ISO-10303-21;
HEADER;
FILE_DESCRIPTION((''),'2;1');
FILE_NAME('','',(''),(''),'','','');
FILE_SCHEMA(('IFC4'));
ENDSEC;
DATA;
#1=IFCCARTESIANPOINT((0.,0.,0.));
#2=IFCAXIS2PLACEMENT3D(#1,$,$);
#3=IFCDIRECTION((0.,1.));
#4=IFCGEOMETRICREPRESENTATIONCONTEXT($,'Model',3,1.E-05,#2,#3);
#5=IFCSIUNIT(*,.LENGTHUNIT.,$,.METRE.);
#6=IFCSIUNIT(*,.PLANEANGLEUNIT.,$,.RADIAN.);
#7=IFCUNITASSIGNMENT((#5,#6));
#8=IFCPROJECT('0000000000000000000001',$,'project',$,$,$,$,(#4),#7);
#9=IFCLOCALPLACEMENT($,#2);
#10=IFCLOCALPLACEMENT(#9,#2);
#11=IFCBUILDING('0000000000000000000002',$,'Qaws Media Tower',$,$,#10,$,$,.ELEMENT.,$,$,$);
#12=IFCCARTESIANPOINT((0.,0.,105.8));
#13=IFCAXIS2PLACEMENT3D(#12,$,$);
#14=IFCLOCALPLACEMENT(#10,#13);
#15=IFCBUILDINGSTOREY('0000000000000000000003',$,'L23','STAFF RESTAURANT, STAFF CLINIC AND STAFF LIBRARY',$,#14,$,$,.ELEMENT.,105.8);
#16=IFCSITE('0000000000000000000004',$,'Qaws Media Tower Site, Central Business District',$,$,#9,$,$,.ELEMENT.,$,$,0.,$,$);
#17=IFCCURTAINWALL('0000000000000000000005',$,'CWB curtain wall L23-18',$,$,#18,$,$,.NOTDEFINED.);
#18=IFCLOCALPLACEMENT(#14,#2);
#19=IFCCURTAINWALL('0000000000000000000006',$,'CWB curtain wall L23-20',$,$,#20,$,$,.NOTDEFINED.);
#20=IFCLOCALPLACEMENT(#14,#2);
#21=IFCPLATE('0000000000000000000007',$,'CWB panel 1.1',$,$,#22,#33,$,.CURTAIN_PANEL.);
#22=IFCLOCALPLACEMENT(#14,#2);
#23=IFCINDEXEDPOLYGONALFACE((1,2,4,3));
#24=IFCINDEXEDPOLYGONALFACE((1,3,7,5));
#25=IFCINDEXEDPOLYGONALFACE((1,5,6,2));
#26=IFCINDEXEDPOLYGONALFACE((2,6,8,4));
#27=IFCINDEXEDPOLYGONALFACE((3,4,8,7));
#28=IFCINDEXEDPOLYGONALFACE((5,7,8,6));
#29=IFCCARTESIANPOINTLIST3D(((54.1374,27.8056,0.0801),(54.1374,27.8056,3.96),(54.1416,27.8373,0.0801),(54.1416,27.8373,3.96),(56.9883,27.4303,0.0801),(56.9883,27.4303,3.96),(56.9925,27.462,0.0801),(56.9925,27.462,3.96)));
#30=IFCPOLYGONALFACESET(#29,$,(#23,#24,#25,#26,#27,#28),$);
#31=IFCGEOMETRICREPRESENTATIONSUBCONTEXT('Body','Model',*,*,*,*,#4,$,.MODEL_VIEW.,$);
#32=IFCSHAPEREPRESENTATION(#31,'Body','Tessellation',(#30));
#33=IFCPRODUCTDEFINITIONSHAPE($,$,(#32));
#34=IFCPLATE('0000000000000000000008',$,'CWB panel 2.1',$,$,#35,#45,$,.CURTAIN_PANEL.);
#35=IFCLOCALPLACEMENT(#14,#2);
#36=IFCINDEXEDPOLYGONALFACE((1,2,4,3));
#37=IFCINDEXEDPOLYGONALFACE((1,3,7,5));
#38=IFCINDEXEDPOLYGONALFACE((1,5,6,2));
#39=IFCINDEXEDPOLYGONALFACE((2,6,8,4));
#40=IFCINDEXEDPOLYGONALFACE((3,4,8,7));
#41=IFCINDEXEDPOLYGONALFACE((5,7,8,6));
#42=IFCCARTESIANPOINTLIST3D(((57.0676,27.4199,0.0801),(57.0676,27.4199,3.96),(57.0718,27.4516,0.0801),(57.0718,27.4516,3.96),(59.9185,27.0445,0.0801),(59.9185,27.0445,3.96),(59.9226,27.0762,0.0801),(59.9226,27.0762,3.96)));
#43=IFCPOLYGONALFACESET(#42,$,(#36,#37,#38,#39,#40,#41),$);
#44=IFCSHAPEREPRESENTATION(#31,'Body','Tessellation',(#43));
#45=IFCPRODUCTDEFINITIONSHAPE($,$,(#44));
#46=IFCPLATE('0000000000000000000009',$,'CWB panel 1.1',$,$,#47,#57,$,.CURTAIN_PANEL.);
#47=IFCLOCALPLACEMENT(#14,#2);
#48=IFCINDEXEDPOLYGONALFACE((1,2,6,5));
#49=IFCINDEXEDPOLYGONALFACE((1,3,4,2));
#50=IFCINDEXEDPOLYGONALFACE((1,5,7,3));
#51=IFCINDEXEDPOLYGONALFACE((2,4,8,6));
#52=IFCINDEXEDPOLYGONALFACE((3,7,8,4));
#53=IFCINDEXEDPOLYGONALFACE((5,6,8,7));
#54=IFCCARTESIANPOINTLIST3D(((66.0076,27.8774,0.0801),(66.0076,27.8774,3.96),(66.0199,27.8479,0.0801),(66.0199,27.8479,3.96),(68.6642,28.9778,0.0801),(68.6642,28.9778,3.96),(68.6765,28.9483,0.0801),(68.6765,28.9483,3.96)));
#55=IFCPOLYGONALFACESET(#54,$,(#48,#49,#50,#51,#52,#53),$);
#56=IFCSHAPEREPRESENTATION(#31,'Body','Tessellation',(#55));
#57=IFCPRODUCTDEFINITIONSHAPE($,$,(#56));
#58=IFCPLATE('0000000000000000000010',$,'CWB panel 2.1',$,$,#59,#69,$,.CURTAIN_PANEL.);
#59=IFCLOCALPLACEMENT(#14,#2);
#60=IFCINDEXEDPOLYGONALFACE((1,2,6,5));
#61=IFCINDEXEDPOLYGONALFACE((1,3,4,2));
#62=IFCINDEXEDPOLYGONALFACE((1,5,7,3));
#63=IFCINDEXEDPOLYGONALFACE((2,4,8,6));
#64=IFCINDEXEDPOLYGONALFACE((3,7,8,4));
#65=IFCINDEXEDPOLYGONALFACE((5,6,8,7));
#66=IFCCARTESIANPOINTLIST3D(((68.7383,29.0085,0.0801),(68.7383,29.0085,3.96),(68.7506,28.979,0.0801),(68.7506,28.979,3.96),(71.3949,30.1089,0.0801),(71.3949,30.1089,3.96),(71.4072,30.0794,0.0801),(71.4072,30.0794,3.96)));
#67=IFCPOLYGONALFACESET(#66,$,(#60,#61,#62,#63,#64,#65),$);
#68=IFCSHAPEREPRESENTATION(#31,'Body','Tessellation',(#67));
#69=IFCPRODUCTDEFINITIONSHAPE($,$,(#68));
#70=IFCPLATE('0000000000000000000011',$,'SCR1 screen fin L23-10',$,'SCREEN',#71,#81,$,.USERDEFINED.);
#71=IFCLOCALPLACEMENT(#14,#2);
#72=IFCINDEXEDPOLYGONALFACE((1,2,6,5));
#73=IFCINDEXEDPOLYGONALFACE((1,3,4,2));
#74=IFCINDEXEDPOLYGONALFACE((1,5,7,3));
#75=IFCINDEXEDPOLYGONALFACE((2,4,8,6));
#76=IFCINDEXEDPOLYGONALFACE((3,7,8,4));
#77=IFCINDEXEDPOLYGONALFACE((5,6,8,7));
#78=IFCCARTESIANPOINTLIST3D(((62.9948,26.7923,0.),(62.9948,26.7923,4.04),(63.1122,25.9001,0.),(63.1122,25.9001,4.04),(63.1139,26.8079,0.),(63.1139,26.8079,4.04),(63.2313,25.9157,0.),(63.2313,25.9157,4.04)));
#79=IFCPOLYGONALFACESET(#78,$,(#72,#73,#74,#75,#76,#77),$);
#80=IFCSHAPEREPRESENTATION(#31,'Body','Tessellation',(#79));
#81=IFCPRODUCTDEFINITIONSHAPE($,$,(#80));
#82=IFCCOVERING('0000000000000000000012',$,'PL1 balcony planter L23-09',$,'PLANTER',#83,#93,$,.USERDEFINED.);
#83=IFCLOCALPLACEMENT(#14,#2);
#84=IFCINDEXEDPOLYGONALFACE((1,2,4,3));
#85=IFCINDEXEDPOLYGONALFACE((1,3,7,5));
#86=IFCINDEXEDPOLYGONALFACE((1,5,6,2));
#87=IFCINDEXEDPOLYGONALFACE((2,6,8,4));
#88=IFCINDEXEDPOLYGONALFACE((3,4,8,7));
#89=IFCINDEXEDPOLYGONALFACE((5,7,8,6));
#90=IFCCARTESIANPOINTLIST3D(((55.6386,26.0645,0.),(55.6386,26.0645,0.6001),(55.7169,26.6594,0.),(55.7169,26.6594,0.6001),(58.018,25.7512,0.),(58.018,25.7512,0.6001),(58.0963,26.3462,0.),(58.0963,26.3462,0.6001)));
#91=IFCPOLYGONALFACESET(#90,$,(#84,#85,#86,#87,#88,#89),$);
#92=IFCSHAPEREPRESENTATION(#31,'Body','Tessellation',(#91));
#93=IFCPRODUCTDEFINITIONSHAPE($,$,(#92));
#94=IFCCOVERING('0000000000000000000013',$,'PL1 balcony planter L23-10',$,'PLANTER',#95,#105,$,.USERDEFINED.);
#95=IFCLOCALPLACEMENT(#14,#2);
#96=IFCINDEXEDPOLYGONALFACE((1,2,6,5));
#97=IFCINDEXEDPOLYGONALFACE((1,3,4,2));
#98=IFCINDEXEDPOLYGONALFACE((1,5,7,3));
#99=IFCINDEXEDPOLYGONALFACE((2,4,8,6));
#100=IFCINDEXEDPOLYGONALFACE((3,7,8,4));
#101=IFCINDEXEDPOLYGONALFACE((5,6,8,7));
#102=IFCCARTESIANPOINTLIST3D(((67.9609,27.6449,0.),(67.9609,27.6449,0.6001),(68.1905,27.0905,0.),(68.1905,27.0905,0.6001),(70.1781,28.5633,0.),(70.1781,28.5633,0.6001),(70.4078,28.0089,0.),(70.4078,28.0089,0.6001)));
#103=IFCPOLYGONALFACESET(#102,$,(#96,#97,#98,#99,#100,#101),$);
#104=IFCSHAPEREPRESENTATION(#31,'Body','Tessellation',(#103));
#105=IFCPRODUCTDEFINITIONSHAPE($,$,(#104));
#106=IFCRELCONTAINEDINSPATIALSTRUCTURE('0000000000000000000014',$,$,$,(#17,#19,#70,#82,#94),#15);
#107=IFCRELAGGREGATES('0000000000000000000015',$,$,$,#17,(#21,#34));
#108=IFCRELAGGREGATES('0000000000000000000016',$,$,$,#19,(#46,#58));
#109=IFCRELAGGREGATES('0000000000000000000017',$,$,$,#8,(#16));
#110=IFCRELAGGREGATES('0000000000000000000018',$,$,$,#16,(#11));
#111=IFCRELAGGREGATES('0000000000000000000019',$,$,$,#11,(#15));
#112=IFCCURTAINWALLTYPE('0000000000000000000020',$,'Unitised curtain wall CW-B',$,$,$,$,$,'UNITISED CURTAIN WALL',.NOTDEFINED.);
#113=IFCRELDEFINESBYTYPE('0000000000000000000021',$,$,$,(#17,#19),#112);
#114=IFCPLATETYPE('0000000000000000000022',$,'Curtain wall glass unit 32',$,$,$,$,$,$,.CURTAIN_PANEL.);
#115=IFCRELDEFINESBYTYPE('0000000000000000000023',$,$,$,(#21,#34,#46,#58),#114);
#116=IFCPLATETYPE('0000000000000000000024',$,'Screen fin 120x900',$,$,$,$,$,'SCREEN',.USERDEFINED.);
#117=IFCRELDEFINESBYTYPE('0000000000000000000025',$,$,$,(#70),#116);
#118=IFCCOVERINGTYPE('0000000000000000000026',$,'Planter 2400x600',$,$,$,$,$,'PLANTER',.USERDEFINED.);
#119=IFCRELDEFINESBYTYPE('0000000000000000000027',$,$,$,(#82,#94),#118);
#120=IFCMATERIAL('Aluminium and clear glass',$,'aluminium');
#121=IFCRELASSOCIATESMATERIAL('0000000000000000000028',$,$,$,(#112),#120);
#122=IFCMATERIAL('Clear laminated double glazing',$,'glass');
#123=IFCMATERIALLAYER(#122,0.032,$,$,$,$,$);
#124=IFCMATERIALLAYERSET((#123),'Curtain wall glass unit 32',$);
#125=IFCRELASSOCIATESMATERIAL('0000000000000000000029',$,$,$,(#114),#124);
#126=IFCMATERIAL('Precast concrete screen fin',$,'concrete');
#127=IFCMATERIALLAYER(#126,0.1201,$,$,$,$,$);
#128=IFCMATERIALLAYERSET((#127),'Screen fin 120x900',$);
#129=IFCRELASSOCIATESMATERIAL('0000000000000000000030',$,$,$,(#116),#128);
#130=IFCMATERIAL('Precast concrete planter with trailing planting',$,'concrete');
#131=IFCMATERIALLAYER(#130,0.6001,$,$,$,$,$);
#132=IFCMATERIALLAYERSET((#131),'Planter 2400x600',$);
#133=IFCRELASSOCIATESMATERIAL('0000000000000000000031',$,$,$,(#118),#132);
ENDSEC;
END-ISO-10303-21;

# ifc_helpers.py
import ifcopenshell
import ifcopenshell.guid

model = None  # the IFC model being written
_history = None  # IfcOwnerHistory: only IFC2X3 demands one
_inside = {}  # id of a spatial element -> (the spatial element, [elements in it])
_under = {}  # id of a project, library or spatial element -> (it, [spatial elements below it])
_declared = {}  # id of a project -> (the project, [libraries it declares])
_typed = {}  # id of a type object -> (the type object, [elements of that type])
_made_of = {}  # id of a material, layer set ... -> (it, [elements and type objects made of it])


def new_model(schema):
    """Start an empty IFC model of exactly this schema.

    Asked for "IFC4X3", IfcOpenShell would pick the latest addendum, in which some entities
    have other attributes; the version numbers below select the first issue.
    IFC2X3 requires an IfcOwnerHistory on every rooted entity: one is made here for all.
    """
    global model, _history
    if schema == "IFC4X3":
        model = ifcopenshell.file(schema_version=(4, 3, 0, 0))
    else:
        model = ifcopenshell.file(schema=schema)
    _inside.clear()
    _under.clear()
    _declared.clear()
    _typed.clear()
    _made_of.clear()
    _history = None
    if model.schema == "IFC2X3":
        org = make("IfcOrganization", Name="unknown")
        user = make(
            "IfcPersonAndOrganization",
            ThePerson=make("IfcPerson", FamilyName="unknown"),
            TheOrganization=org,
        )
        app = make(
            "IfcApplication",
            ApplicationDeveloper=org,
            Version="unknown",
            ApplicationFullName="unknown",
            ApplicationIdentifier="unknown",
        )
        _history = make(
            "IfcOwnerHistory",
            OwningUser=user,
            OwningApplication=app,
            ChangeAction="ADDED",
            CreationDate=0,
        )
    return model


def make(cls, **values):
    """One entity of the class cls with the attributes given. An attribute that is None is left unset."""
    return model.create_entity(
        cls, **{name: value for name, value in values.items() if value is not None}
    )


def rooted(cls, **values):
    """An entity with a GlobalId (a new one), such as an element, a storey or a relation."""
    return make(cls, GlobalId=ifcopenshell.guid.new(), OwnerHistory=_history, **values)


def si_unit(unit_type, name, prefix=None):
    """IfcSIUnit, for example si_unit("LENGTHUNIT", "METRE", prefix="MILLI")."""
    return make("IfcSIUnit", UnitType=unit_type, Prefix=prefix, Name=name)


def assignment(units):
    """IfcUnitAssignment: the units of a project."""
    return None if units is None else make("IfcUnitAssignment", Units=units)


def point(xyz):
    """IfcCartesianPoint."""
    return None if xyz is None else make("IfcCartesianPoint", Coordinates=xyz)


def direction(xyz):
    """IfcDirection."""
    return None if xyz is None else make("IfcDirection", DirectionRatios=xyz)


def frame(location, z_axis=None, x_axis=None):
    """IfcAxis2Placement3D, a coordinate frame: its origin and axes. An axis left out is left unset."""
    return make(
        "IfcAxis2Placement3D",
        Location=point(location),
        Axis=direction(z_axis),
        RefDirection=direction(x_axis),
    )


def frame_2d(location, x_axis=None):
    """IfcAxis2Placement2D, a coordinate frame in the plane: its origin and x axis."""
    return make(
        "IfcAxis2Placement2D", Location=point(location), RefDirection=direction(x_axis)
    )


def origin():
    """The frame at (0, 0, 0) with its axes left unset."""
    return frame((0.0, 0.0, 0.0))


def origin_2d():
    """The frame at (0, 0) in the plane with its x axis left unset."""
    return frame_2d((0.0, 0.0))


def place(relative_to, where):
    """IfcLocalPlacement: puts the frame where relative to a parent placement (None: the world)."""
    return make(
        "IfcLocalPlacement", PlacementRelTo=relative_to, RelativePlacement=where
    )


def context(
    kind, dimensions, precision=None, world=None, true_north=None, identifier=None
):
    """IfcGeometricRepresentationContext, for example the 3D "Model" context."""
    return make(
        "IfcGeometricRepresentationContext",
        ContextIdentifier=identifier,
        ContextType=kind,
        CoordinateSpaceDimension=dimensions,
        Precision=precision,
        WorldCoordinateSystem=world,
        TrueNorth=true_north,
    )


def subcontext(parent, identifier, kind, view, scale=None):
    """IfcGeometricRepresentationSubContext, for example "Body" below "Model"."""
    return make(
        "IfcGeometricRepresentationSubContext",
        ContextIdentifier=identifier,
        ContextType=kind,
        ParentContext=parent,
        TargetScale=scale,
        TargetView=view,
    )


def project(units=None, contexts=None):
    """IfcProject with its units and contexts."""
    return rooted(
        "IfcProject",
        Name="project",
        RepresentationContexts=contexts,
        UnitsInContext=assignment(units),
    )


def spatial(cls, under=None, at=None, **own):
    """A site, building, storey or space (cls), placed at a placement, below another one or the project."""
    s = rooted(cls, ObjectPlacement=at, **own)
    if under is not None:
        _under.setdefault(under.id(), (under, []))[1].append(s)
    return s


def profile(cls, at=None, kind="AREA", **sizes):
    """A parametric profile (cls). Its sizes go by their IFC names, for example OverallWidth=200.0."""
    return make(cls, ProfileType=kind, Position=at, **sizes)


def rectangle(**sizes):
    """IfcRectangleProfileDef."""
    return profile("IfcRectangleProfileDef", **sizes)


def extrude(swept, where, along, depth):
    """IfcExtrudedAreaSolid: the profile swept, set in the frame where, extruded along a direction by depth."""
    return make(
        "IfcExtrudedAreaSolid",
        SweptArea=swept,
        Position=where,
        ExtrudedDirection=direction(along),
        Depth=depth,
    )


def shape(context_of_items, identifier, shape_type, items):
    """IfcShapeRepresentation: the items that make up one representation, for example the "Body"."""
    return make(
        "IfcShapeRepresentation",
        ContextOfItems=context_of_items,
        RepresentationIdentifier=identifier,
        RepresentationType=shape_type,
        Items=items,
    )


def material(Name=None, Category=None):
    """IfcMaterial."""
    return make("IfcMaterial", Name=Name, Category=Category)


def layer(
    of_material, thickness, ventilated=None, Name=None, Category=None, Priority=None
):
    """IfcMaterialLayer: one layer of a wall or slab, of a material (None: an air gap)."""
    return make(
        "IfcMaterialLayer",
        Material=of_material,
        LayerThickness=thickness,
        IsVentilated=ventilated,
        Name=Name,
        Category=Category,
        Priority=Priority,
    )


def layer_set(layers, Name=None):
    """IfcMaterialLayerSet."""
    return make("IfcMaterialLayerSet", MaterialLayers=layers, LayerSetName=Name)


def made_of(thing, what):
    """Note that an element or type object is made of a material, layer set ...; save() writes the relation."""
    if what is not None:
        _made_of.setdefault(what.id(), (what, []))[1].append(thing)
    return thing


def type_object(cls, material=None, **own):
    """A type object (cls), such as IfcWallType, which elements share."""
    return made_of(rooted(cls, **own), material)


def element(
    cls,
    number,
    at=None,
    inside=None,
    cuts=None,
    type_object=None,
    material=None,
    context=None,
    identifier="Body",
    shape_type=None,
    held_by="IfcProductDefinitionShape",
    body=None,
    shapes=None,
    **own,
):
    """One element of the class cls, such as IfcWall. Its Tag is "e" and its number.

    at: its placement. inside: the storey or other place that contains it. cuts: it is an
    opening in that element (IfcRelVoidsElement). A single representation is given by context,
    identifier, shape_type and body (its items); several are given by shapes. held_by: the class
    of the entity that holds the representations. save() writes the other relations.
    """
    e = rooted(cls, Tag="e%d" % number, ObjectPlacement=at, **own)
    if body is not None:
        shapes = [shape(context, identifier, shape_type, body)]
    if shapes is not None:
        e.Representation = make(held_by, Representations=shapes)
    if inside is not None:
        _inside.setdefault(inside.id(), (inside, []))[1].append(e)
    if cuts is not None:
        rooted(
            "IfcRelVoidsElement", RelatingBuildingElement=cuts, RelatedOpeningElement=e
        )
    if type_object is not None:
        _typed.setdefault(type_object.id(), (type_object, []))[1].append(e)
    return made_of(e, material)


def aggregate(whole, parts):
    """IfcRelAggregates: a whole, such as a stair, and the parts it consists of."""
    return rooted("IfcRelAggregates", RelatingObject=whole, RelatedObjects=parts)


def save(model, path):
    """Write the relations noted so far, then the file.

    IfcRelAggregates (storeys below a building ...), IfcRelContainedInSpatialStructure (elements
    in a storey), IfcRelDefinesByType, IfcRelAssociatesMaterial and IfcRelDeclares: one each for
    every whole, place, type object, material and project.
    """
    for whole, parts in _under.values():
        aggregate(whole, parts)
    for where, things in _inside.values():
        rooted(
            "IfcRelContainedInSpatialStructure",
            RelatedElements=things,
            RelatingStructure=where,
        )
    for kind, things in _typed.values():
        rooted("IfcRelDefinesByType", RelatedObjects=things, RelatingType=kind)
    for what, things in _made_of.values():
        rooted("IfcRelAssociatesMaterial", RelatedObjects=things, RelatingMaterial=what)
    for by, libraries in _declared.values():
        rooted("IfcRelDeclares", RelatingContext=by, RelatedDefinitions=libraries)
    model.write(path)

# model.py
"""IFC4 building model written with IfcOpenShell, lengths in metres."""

from ifc_helpers import new_model, si_unit, direction, frame, origin, origin_2d, place, context, subcontext, project, spatial, rectangle, extrude, material, layer, layer_set, type_object, element, aggregate, save


model = new_model("IFC4")

# Units and contexts
model_context = context("Model", 3, precision=1e-05, world=origin(), true_north=direction((0.0, 1.0)))
body_context = subcontext(model_context, "Body", "Model", "MODEL_VIEW")
ifc_project = project(units=[si_unit("LENGTHUNIT", "METRE"), si_unit("PLANEANGLEUNIT", "RADIAN")], contexts=[model_context])

# Site, building, storey
site_placement = place(None, origin())
site = spatial("IfcSite", under=ifc_project, at=site_placement, Name="Qaws Media Tower Site, Central Business District", CompositionType="ELEMENT", RefElevation=0.0)
building_placement = place(site_placement, origin())
building = spatial("IfcBuilding", under=site, at=building_placement, Name="Qaws Media Tower", CompositionType="ELEMENT")
storey_placement = place(building_placement, frame((0.0, 0.0, 105.8)))
storey = spatial("IfcBuildingStorey", under=building, at=storey_placement, Name="L23", Description="STAFF RESTAURANT, STAFF CLINIC AND STAFF LIBRARY", CompositionType="ELEMENT", Elevation=105.8)

# Curtain walls
ifc_material_1 = material(Name="Aluminium and clear glass", Category="aluminium")
curtain_wall_type = type_object("IfcCurtainWallType", Name="Unitised curtain wall CW-B", ElementType="UNITISED CURTAIN WALL", PredefinedType="NOTDEFINED", material=ifc_material_1)
curtain_wall_1_placement = place(storey_placement, origin())
curtain_wall_1 = element("IfcCurtainWall", 1, at=curtain_wall_1_placement, inside=storey, type_object=curtain_wall_type, Name="CWB curtain wall L23-18", PredefinedType="NOTDEFINED")
curtain_wall_2_placement = place(storey_placement, origin())
curtain_wall_2 = element("IfcCurtainWall", 2, at=curtain_wall_2_placement, inside=storey, type_object=curtain_wall_type, Name="CWB curtain wall L23-20", PredefinedType="NOTDEFINED")

# Plates
ifc_material_2 = material(Name="Clear laminated double glazing", Category="glass")
ifc_layer_1 = layer(ifc_material_2, 0.032)
ifc_layer_set_1 = layer_set([ifc_layer_1], Name="Curtain wall glass unit 32")
plate_type_1 = type_object("IfcPlateType", Name="Curtain wall glass unit 32", PredefinedType="CURTAIN_PANEL", material=ifc_layer_set_1)
plate_1_placement = place(storey_placement, frame((55.5649, 27.6338, 0.0801), z_axis=(0.0, 0.0, 1.0), x_axis=(0.991445, -0.130526, 0.0)))
plate_1 = element("IfcPlate", 3, at=plate_1_placement, type_object=plate_type_1, Name="CWB panel 1.1", PredefinedType="CURTAIN_PANEL", context=body_context, shape_type="SweptSolid", body=[
    extrude(rectangle(XDim=2.8755, YDim=0.032, at=origin_2d()), origin(), (0.0, 0.0, 1.0), 3.8799),
])
plate_2_placement = place(storey_placement, frame((58.4951, 27.248, 0.0801), z_axis=(0.0, 0.0, 1.0), x_axis=(0.991445, -0.130526, 0.0)))
plate_2 = element("IfcPlate", 4, at=plate_2_placement, type_object=plate_type_1, Name="CWB panel 2.1", PredefinedType="CURTAIN_PANEL", context=body_context, shape_type="SweptSolid", body=[
    extrude(rectangle(XDim=2.8755, YDim=0.032, at=origin_2d()), origin(), (0.0, 0.0, 1.0), 3.8799),
])
aggregate(curtain_wall_1, [plate_1, plate_2])
plate_3_placement = place(storey_placement, frame((67.342, 28.4128, 0.0801), z_axis=(0.0, 0.0, 1.0), x_axis=(0.92388, 0.382683, 0.0)))
plate_3 = element("IfcPlate", 5, at=plate_3_placement, type_object=plate_type_1, Name="CWB panel 1.1", PredefinedType="CURTAIN_PANEL", context=body_context, shape_type="SweptSolid", body=[
    extrude(rectangle(XDim=2.8755, YDim=0.032, at=origin_2d()), origin(), (0.0, 0.0, 1.0), 3.8799),
])
plate_4_placement = place(storey_placement, frame((70.0728, 29.5439, 0.0801), z_axis=(0.0, 0.0, 1.0), x_axis=(0.92388, 0.382683, 0.0)))
plate_4 = element("IfcPlate", 6, at=plate_4_placement, type_object=plate_type_1, Name="CWB panel 2.1", PredefinedType="CURTAIN_PANEL", context=body_context, shape_type="SweptSolid", body=[
    extrude(rectangle(XDim=2.8755, YDim=0.032, at=origin_2d()), origin(), (0.0, 0.0, 1.0), 3.8799),
])
aggregate(curtain_wall_2, [plate_3, plate_4])
ifc_material_3 = material(Name="Precast concrete screen fin", Category="concrete")
ifc_layer_2 = layer(ifc_material_3, 0.1201)
ifc_layer_set_2 = layer_set([ifc_layer_2], Name="Screen fin 120x900")
plate_type_2 = type_object("IfcPlateType", Name="Screen fin 120x900", ElementType="SCREEN", PredefinedType="USERDEFINED", material=ifc_layer_set_2)
plate_5_placement = place(storey_placement, frame((63.113, 26.354, 0.0), z_axis=(0.0, 0.0, 1.0), x_axis=(0.130526, -0.991445, 0.0)))
element("IfcPlate", 7, at=plate_5_placement, inside=storey, type_object=plate_type_2, Name="SCR1 screen fin L23-10", ObjectType="SCREEN", PredefinedType="USERDEFINED", context=body_context, shape_type="SweptSolid", body=[
    extrude(rectangle(XDim=0.8999, YDim=0.1201, at=origin_2d()), origin(), (0.0, 0.0, 1.0), 4.04),
])

# Coverings
ifc_material_4 = material(Name="Precast concrete planter with trailing planting", Category="concrete")
ifc_layer_3 = layer(ifc_material_4, 0.6001)
ifc_layer_set_3 = layer_set([ifc_layer_3], Name="Planter 2400x600")
covering_type = type_object("IfcCoveringType", Name="Planter 2400x600", ElementType="PLANTER", PredefinedType="USERDEFINED", material=ifc_layer_set_3)
for number, where, z_axis, x_axis, name in (
    (8, (56.8674, 26.2053, 0.0), (0.0, 0.0, 1.0), (0.991445, -0.130526, 0.0), "PL1 balcony planter L23-09"),
    (9, (69.1843, 27.8269, 0.0), (0.0, 0.0, 1.0), (0.92388, 0.382683, 0.0), "PL1 balcony planter L23-10"),
):
    element("IfcCovering", number, at=place(storey_placement, frame(where, z_axis=z_axis, x_axis=x_axis)), inside=storey, type_object=covering_type, Name=name, ObjectType="PLANTER", PredefinedType="USERDEFINED", context=body_context, shape_type="SweptSolid", body=[
        extrude(rectangle(XDim=2.3999, YDim=0.6001, at=origin_2d()), origin(), (0.0, 0.0, 1.0), 0.6001),
    ])

save(model, "model.ifc")
